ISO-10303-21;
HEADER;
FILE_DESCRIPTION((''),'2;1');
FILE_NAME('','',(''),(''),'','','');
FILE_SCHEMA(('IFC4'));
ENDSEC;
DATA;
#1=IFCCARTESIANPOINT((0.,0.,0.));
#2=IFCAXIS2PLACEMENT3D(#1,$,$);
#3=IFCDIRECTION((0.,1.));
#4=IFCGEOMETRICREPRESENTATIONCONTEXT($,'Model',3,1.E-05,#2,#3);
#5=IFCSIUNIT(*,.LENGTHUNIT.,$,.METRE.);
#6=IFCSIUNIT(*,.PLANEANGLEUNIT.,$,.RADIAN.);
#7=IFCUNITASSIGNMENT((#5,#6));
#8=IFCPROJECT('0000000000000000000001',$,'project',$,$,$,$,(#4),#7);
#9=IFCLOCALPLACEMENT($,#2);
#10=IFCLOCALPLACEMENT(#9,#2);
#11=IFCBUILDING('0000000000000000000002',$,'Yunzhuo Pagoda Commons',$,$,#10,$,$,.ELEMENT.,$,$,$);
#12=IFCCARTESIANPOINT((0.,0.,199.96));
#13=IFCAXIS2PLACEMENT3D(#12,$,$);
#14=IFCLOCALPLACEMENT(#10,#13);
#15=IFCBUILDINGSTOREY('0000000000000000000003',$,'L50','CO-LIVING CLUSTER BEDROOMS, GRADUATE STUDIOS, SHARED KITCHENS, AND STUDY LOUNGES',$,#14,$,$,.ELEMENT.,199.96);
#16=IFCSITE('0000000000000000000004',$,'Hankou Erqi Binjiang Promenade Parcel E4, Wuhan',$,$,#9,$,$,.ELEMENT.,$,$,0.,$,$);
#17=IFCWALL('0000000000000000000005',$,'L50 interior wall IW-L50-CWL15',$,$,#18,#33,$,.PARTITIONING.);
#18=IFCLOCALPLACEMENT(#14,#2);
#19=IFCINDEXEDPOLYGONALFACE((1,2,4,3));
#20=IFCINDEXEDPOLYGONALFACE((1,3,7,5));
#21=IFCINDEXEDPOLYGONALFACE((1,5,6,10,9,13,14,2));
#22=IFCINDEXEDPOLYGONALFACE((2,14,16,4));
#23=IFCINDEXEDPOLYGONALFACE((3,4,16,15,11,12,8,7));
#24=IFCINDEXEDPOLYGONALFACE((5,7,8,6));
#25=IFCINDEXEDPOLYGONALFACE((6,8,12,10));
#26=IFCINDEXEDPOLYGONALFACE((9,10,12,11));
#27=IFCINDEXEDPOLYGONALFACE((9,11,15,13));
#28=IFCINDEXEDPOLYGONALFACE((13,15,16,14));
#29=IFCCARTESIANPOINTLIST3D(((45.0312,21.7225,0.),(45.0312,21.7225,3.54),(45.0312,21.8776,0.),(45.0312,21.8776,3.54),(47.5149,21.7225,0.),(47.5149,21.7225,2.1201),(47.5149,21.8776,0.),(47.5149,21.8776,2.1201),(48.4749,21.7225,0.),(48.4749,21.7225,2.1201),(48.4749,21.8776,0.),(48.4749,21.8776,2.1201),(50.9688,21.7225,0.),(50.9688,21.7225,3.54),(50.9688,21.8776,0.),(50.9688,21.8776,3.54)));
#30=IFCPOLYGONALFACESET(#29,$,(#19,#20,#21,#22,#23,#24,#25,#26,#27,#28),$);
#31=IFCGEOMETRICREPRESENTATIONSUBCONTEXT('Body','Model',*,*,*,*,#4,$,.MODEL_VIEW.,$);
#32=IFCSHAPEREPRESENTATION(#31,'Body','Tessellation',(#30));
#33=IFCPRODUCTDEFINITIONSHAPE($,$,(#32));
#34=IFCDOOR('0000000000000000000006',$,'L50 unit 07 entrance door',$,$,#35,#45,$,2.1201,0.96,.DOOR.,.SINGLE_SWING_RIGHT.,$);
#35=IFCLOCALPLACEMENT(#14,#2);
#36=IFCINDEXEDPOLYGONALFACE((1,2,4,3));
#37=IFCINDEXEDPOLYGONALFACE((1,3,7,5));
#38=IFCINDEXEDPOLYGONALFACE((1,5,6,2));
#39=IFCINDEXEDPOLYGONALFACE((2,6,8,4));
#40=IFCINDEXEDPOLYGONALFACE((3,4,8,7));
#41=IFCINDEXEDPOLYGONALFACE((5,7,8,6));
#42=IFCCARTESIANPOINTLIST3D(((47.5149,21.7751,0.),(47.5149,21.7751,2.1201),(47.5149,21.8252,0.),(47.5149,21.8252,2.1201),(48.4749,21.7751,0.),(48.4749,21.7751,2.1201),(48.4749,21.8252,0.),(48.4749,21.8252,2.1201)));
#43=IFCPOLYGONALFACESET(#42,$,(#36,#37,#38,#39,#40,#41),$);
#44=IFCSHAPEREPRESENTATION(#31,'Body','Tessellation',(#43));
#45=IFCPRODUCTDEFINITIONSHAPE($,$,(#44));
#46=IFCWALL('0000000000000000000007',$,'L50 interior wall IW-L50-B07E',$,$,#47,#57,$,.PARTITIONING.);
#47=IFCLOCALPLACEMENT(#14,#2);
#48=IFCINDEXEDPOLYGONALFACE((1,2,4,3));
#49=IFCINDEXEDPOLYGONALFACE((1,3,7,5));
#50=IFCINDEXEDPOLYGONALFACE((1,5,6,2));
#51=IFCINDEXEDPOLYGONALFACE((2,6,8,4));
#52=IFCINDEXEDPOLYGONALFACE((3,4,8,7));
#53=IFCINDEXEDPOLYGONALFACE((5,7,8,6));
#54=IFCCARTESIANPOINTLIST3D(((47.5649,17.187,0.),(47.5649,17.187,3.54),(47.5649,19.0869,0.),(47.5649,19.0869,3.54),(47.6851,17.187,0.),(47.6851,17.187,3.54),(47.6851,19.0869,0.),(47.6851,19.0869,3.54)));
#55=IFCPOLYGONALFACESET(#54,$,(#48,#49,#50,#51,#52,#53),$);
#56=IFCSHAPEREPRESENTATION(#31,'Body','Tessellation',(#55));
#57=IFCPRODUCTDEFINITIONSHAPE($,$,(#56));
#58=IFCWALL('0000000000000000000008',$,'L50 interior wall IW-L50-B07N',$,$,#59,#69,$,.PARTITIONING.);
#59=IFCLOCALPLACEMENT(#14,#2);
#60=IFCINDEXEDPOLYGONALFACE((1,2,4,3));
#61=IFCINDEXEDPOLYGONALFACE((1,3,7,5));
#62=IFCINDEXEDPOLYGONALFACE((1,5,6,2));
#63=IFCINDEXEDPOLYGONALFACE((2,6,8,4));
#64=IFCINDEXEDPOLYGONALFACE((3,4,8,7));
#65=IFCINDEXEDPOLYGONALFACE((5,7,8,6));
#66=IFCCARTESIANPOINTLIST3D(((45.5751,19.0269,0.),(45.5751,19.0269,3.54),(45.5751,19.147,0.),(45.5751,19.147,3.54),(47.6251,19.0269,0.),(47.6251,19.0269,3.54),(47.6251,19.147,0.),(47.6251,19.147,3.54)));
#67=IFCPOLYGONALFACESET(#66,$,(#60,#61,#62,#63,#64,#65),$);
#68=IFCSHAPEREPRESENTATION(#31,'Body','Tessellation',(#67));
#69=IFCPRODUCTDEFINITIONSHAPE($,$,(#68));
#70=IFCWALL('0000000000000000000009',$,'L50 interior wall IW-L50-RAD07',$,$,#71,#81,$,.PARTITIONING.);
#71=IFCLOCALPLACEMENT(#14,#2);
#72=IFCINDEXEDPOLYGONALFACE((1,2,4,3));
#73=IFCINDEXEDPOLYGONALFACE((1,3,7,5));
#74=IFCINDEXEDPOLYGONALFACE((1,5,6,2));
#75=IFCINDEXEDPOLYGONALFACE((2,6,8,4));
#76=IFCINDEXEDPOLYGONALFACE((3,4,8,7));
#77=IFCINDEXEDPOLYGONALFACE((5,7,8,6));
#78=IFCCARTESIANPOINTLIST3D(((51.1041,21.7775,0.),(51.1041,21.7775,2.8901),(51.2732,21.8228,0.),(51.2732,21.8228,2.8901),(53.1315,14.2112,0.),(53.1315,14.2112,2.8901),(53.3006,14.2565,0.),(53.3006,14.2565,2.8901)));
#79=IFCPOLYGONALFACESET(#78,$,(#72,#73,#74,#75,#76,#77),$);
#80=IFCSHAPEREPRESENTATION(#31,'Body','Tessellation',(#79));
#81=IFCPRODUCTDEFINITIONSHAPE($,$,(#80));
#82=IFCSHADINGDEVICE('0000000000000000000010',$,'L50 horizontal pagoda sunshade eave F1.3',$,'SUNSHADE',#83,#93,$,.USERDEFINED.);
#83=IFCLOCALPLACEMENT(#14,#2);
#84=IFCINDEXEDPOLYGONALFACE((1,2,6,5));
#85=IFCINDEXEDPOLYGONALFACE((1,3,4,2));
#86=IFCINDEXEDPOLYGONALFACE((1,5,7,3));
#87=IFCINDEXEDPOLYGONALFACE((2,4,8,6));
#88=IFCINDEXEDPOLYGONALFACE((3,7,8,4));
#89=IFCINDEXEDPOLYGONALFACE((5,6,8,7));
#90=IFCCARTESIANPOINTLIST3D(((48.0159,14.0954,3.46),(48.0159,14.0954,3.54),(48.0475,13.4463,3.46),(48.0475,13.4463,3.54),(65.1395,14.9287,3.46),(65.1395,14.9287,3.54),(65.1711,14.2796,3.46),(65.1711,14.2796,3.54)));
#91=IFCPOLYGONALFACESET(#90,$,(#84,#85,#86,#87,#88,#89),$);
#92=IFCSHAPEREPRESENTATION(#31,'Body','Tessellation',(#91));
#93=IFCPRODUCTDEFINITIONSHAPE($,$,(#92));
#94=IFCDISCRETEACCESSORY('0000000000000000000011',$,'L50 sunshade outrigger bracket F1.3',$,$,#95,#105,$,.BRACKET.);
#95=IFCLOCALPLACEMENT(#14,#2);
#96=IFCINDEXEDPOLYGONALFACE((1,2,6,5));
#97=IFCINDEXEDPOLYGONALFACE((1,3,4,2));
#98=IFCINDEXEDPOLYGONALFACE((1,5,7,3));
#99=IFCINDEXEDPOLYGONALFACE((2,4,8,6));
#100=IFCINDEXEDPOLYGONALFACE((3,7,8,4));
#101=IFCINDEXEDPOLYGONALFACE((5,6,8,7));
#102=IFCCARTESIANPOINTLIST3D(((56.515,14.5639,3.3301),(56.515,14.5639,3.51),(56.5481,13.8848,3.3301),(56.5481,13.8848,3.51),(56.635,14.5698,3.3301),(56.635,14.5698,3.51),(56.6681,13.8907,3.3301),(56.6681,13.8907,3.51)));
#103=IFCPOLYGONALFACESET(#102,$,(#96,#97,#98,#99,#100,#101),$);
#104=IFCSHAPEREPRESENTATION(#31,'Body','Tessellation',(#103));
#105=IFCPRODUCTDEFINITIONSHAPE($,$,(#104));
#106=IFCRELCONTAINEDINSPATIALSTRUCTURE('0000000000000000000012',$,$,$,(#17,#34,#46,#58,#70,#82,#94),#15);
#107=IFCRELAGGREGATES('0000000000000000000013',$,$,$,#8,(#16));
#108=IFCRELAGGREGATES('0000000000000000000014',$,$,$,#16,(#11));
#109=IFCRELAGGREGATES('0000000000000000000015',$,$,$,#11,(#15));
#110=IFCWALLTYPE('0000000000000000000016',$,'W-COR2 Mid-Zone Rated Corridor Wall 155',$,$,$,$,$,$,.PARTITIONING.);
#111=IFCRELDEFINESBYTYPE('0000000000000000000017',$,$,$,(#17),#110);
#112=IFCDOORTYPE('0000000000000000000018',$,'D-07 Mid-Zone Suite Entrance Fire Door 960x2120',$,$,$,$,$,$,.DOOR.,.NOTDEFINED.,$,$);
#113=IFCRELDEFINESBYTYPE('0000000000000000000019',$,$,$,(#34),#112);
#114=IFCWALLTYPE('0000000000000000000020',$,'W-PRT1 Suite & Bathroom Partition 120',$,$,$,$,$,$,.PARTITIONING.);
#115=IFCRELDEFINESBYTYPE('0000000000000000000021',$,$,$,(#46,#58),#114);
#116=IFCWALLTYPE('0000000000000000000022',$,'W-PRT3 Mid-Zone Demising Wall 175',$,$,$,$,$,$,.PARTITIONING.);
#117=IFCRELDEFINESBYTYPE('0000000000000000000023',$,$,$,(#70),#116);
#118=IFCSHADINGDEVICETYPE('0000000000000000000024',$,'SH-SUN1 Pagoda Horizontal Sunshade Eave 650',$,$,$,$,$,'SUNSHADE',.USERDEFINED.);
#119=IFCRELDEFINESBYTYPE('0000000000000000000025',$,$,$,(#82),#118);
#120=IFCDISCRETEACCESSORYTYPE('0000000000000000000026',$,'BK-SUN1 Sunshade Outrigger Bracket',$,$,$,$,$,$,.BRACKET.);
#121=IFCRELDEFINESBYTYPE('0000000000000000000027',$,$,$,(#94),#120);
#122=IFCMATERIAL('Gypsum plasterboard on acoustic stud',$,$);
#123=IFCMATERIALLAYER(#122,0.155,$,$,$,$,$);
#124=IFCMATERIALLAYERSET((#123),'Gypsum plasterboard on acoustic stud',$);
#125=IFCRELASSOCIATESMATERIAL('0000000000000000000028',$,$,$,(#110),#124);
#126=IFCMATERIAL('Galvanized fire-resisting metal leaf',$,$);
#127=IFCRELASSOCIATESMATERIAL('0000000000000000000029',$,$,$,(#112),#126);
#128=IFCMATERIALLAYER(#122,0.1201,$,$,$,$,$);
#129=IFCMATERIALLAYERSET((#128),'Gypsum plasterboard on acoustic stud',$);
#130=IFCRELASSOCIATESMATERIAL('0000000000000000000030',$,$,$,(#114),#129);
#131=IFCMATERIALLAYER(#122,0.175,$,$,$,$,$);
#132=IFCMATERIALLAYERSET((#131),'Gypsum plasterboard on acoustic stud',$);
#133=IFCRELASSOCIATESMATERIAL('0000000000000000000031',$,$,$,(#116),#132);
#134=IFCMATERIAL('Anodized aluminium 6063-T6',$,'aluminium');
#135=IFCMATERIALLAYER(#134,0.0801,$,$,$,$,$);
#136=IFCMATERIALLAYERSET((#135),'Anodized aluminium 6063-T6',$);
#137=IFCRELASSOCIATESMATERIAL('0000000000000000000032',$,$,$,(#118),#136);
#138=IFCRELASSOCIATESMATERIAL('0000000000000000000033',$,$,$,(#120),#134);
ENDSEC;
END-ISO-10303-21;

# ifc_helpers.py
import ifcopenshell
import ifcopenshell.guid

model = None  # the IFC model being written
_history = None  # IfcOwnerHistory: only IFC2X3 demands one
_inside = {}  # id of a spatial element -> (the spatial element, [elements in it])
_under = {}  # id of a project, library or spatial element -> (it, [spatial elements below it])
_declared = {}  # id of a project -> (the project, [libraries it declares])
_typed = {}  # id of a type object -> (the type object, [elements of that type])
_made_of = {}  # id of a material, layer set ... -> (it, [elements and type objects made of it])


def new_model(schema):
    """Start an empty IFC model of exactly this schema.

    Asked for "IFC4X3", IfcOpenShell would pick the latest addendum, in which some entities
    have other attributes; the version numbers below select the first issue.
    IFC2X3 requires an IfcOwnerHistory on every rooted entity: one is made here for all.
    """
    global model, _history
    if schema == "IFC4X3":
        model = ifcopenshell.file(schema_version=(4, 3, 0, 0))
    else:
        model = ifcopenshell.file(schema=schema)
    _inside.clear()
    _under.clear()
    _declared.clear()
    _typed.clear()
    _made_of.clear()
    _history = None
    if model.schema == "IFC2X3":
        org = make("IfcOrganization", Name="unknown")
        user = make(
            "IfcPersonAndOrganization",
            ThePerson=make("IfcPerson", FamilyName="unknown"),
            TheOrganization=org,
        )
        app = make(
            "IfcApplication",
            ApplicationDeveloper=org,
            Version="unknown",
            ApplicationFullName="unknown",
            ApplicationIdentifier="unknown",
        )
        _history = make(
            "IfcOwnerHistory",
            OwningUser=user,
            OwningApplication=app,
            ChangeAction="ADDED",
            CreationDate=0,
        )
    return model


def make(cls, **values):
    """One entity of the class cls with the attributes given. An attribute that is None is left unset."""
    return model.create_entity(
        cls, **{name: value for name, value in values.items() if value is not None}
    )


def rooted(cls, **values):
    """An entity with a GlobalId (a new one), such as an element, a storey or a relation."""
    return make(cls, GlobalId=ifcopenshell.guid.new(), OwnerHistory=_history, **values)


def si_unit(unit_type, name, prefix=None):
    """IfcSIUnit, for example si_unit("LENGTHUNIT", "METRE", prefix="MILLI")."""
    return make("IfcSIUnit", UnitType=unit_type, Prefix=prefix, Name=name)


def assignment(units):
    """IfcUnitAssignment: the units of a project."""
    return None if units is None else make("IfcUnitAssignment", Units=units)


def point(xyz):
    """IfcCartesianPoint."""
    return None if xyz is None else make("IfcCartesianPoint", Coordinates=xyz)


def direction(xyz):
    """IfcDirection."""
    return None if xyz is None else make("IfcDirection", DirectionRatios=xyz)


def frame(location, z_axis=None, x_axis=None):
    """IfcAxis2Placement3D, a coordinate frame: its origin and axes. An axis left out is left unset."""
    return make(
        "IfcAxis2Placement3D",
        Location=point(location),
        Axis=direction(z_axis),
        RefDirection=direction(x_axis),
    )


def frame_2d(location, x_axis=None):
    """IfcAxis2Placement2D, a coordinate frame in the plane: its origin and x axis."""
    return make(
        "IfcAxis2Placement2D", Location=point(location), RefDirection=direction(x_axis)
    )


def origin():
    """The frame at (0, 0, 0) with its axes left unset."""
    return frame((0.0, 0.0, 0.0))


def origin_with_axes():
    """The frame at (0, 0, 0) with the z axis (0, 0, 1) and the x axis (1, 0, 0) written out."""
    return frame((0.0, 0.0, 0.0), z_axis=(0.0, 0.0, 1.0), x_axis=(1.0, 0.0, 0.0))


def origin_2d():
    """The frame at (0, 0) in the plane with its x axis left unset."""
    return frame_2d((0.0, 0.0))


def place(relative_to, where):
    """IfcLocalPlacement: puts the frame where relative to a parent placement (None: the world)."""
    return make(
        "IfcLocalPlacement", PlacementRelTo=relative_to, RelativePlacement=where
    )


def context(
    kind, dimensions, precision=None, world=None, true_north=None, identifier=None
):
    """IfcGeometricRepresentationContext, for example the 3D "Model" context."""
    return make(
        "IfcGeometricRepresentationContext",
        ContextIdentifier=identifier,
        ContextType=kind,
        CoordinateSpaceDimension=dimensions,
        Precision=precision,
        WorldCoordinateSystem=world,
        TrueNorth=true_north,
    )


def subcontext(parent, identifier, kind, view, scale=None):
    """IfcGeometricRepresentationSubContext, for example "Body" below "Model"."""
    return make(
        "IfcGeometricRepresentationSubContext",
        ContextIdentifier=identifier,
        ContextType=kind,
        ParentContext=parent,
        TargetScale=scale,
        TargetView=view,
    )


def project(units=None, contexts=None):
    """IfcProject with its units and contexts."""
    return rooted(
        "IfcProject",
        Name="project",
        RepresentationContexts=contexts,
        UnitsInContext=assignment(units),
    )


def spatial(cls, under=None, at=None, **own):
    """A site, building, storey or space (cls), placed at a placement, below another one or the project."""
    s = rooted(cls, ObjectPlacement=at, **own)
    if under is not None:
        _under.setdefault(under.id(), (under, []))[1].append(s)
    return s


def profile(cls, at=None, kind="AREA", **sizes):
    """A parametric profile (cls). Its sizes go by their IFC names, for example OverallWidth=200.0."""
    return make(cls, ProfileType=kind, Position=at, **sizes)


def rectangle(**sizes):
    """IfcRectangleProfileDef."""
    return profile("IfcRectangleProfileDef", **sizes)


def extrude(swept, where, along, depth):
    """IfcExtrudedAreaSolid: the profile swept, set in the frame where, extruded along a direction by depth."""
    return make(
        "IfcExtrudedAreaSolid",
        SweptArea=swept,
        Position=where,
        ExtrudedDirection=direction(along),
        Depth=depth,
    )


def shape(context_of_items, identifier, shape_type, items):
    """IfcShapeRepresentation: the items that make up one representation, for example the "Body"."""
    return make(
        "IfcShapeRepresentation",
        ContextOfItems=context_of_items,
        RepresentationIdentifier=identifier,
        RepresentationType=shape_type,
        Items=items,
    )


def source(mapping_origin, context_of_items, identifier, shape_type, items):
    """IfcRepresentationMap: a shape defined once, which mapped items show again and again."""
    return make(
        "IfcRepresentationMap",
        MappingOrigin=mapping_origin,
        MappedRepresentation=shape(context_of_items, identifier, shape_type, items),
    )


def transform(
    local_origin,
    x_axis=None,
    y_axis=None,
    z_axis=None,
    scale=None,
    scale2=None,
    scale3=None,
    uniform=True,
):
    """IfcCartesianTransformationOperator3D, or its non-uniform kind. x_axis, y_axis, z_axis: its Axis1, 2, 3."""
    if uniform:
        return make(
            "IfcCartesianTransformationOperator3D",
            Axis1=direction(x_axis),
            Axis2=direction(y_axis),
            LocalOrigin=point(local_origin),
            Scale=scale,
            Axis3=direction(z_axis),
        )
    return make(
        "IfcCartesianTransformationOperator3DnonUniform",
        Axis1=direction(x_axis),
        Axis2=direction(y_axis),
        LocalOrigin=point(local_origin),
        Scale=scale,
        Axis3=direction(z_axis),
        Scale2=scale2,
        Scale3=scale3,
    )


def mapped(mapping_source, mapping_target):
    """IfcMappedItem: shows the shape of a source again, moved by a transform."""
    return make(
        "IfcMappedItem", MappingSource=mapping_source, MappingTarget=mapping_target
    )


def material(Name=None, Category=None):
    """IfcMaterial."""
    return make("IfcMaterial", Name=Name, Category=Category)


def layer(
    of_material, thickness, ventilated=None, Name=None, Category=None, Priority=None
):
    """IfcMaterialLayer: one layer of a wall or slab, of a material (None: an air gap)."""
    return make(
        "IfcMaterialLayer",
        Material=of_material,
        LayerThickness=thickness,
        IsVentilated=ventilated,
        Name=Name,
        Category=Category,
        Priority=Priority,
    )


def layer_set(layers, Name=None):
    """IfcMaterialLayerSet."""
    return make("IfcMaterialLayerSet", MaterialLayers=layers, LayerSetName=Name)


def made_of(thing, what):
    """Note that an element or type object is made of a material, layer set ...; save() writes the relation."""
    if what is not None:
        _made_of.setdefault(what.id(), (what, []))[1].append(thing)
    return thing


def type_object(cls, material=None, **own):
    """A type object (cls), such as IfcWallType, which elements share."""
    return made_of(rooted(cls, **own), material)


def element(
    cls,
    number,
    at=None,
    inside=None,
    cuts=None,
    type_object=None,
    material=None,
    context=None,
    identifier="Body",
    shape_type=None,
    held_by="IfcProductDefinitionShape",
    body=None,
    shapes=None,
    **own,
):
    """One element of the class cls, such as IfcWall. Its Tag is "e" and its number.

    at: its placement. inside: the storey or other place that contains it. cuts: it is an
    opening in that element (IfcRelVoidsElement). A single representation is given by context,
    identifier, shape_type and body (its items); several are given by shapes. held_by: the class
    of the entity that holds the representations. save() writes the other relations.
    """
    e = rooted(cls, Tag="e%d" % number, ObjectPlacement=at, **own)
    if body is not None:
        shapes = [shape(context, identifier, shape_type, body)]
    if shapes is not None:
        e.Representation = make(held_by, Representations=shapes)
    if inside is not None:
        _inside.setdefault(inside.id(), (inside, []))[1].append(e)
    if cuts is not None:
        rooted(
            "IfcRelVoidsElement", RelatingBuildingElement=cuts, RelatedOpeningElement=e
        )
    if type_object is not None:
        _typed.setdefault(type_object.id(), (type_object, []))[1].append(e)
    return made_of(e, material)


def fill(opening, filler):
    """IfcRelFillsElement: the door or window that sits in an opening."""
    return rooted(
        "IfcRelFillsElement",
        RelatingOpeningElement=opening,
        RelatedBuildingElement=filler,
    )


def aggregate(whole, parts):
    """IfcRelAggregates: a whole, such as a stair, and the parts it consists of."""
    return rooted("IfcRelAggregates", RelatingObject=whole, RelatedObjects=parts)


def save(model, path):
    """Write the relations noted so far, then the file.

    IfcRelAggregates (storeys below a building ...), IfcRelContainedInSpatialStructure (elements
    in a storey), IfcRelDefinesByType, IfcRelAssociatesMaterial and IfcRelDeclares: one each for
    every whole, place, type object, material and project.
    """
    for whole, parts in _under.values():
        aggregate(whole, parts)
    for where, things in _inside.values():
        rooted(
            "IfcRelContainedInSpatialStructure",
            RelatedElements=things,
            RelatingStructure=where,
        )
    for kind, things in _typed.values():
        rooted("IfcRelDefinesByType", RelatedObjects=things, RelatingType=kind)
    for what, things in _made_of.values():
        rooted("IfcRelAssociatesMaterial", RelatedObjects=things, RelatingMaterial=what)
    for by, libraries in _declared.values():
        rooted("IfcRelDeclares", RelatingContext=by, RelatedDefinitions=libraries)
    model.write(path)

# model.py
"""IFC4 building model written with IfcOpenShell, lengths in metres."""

from ifc_helpers import new_model, si_unit, direction, frame, frame_2d, origin, origin_with_axes, origin_2d, place, context, subcontext, project, spatial, rectangle, extrude, source, transform, mapped, material, layer, layer_set, type_object, element, fill, save


model = new_model("IFC4")

# Units and contexts
model_context = context("Model", 3, precision=1e-05, world=origin(), true_north=direction((0.0, 1.0)))
body_context = subcontext(model_context, "Body", "Model", "MODEL_VIEW")
ifc_project = project(units=[si_unit("LENGTHUNIT", "METRE"), si_unit("PLANEANGLEUNIT", "RADIAN")], contexts=[model_context])

# Site, building, storey
site_placement = place(None, origin())
site = spatial("IfcSite", under=ifc_project, at=site_placement, Name="Hankou Erqi Binjiang Promenade Parcel E4, Wuhan", CompositionType="ELEMENT", RefElevation=0.0)
building_placement = place(site_placement, origin())
building = spatial("IfcBuilding", under=site, at=building_placement, Name="Yunzhuo Pagoda Commons", CompositionType="ELEMENT")
storey_placement = place(building_placement, frame((0.0, 0.0, 199.96)))
storey = spatial("IfcBuildingStorey", under=building, at=storey_placement, Name="L50", Description="CO-LIVING CLUSTER BEDROOMS, GRADUATE STUDIOS, SHARED KITCHENS, AND STUDY LOUNGES", CompositionType="ELEMENT", Elevation=199.96)

# Shared definitions
ifc_material_1 = material(Name="Anodized aluminium 6063-T6", Category="aluminium")

# Wall, opening, door
ifc_material_2 = material(Name="Gypsum plasterboard on acoustic stud")
ifc_layer_1 = layer(ifc_material_2, 0.155)
ifc_layer_set_1 = layer_set([ifc_layer_1], Name="Gypsum plasterboard on acoustic stud")
wall_type_1 = type_object("IfcWallType", Name="W-COR2 Mid-Zone Rated Corridor Wall 155", PredefinedType="PARTITIONING", material=ifc_layer_set_1)
wall_1_placement = place(storey_placement, frame((50.9688, 21.8, 0.0), z_axis=(0.0, 0.0, 1.0), x_axis=(-1.0, 0.0, 0.0)))
wall_1 = element("IfcWall", 1, at=wall_1_placement, inside=storey, type_object=wall_type_1, Name="L50 interior wall IW-L50-CWL15", PredefinedType="PARTITIONING", context=body_context, shape_type="SweptSolid", body=[
    extrude(rectangle(XDim=5.9375, YDim=0.155, at=frame_2d((2.9688, 0.0))), origin(), (0.0, 0.0, 1.0), 3.54),
])
opening_1_placement = place(wall_1_placement, frame((2.4939, 0.0, 0.0)))
opening_1 = element("IfcOpeningElement", 2, at=opening_1_placement, cuts=wall_1, PredefinedType="OPENING", context=body_context, shape_type="SweptSolid", body=[
    extrude(rectangle(XDim=0.96, YDim=2.1201, at=frame_2d((0.48, 1.0601))), frame((0.0, 0.0874, 0.0), z_axis=(0.0, -1.0, 0.0), x_axis=(1.0, 0.0, 0.0)), (0.0, 0.0, 1.0), 0.175),
])
ifc_material_3 = material(Name="Galvanized fire-resisting metal leaf")
door_type_1 = type_object("IfcDoorType", Name="D-07 Mid-Zone Suite Entrance Fire Door 960x2120", OperationType="NOTDEFINED", PredefinedType="DOOR", material=ifc_material_3)
shared_shape_1 = source(origin(), body_context, "Body", "SweptSolid", [
    extrude(rectangle(XDim=0.96, YDim=2.1201, at=frame_2d((0.48, 1.0601))), frame((0.0, 0.0249, 0.0), z_axis=(0.0, -1.0, 0.0), x_axis=(1.0, 0.0, 0.0)), (0.0, 0.0, 1.0), 0.05),
])
door_1_placement = place(opening_1_placement, origin_with_axes())
door_1 = element("IfcDoor", 3, at=door_1_placement, inside=storey, type_object=door_type_1, Name="L50 unit 07 entrance door", OperationType="SINGLE_SWING_RIGHT", OverallHeight=2.1201, OverallWidth=0.96, PredefinedType="DOOR", context=body_context, shape_type="MappedRepresentation", body=[
    mapped(shared_shape_1, transform((0.0, 0.0, 0.0), scale=1.0)),
])
fill(opening_1, door_1)

# Walls
ifc_layer_2 = layer(ifc_material_2, 0.1201)
ifc_layer_set_2 = layer_set([ifc_layer_2], Name="Gypsum plasterboard on acoustic stud")
wall_type_2 = type_object("IfcWallType", Name="W-PRT1 Suite & Bathroom Partition 120", PredefinedType="PARTITIONING", material=ifc_layer_set_2)
wall_2_placement = place(storey_placement, frame((47.625, 17.187, 0.0), z_axis=(0.0, 0.0, 1.0), x_axis=(0.0, 1.0, 0.0)))
element("IfcWall", 4, at=wall_2_placement, inside=storey, type_object=wall_type_2, Name="L50 interior wall IW-L50-B07E", PredefinedType="PARTITIONING", context=body_context, shape_type="SweptSolid", body=[
    extrude(rectangle(XDim=1.8999, YDim=0.1201, at=frame_2d((0.95, 0.0))), origin(), (0.0, 0.0, 1.0), 3.54),
])
wall_3_placement = place(storey_placement, frame((47.625, 19.0869, 0.0), z_axis=(0.0, 0.0, 1.0), x_axis=(-1.0, 0.0, 0.0)))
element("IfcWall", 5, at=wall_3_placement, inside=storey, type_object=wall_type_2, Name="L50 interior wall IW-L50-B07N", PredefinedType="PARTITIONING", context=body_context, shape_type="SweptSolid", body=[
    extrude(rectangle(XDim=2.05, YDim=0.1201, at=frame_2d((1.0249, 0.0))), origin(), (0.0, 0.0, 1.0), 3.54),
])
ifc_layer_3 = layer(ifc_material_2, 0.175)
ifc_layer_set_3 = layer_set([ifc_layer_3], Name="Gypsum plasterboard on acoustic stud")
wall_type_3 = type_object("IfcWallType", Name="W-PRT3 Mid-Zone Demising Wall 175", PredefinedType="PARTITIONING", material=ifc_layer_set_3)
wall_4_placement = place(storey_placement, frame((51.1887, 21.8, 0.0), z_axis=(0.0, 0.0, 1.0), x_axis=(0.258811, -0.965928, 0.0)))
element("IfcWall", 6, at=wall_4_placement, inside=storey, type_object=wall_type_3, Name="L50 interior wall IW-L50-RAD07", PredefinedType="PARTITIONING", context=body_context, shape_type="SweptSolid", body=[
    extrude(rectangle(XDim=7.8333, YDim=0.175, at=frame_2d((3.9165, 0.0))), origin(), (0.0, 0.0, 1.0), 2.8901),
])

# Shading device
ifc_layer_4 = layer(ifc_material_1, 0.0801)
ifc_layer_set_4 = layer_set([ifc_layer_4], Name="Anodized aluminium 6063-T6")
shading_device_type = type_object("IfcShadingDeviceType", Name="SH-SUN1 Pagoda Horizontal Sunshade Eave 650", ElementType="SUNSHADE", PredefinedType="USERDEFINED", material=ifc_layer_set_4)
shared_shape_2 = source(origin(), body_context, "Body", "SweptSolid", [
    extrude(rectangle(XDim=17.1438, YDim=0.6499, at=origin_2d()), origin(), (0.0, 0.0, 1.0), 0.0801),
])
shading_device_placement = place(storey_placement, frame((56.5935, 14.1875, 3.46), z_axis=(0.0, 0.0, 1.0), x_axis=(0.998818, 0.048606, 0.0)))
element("IfcShadingDevice", 7, at=shading_device_placement, inside=storey, type_object=shading_device_type, Name="L50 horizontal pagoda sunshade eave F1.3", ObjectType="SUNSHADE", PredefinedType="USERDEFINED", context=body_context, shape_type="MappedRepresentation", body=[
    mapped(shared_shape_2, transform((0.0, 0.0, 0.0), scale=1.0)),
])

# Discrete accessory
discrete_accessory_type = type_object("IfcDiscreteAccessoryType", Name="BK-SUN1 Sunshade Outrigger Bracket", PredefinedType="BRACKET", material=ifc_material_1)
shared_shape_3 = source(origin(), body_context, "Body", "SweptSolid", [
    extrude(rectangle(XDim=0.1201, YDim=0.6799, at=origin_2d()), origin(), (0.0, 0.0, 1.0), 0.1799),
])
discrete_accessory_placement = place(storey_placement, frame((56.5916, 14.2273, 3.3301), z_axis=(0.0, 0.0, 1.0), x_axis=(0.998818, 0.048606, 0.0)))
element("IfcDiscreteAccessory", 8, at=discrete_accessory_placement, inside=storey, type_object=discrete_accessory_type, Name="L50 sunshade outrigger bracket F1.3", PredefinedType="BRACKET", context=body_context, shape_type="MappedRepresentation", body=[
    mapped(shared_shape_3, transform((0.0, 0.0, 0.0), scale=1.0)),
])

save(model, "model.ifc")
